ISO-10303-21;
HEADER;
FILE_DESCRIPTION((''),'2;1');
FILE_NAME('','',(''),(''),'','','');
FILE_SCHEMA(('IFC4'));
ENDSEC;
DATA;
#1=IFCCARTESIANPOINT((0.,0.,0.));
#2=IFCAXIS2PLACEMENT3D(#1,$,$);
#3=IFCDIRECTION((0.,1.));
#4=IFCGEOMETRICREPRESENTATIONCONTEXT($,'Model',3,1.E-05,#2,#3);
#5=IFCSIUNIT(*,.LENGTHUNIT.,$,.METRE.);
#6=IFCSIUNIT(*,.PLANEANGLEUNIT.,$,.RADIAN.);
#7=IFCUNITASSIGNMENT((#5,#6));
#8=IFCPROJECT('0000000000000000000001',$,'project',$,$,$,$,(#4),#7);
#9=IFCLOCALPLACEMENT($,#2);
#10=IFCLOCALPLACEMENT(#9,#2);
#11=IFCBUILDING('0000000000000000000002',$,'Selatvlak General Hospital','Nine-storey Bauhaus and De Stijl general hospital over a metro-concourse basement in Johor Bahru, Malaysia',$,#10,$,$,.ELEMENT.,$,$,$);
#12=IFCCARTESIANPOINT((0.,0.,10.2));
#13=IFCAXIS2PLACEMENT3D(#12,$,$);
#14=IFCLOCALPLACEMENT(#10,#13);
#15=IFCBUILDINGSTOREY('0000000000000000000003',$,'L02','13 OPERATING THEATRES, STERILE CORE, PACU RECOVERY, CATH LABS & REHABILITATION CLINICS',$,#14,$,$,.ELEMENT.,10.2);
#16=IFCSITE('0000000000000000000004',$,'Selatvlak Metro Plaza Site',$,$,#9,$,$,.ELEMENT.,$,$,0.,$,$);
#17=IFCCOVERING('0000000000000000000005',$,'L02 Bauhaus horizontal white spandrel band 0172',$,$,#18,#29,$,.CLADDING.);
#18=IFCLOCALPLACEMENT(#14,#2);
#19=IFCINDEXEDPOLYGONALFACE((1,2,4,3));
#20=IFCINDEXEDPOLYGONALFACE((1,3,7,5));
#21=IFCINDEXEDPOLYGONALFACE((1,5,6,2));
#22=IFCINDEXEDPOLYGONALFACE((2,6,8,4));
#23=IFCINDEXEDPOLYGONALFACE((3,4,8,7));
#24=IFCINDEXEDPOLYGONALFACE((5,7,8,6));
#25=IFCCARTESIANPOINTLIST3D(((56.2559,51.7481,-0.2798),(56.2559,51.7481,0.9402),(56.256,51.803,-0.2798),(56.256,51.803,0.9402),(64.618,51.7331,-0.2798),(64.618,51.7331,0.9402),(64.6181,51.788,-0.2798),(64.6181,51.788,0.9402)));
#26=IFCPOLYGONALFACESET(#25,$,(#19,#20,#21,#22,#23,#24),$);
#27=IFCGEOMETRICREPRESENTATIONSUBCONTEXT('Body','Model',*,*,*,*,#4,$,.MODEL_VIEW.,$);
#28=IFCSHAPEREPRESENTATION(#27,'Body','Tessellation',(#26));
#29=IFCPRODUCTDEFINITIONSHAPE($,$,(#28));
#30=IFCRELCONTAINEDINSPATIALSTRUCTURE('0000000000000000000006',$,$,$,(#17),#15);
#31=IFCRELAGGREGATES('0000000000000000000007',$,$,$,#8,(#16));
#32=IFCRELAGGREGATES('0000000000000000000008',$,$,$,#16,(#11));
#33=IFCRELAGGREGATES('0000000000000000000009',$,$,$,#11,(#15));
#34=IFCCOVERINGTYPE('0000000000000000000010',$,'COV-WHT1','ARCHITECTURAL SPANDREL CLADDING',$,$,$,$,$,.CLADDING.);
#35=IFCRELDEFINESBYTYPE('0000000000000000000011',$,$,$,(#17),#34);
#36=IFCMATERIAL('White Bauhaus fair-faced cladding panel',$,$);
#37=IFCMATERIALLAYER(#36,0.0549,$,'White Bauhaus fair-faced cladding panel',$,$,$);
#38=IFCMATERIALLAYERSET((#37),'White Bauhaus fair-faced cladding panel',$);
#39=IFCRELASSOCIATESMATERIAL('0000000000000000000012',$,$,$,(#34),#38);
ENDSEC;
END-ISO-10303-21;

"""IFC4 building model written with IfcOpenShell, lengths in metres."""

from ifc_helpers import new_model, si_unit, direction, frame, origin, origin_2d, place, context, subcontext, project, spatial, rectangle, extrude, material, layer, layer_set, type_object, element, save


model = new_model("IFC4")

# Units and contexts
model_context = context("Model", 3, precision=1e-05, world=origin(), true_north=direction((0.0, 1.0)))
body_context = subcontext(model_context, "Body", "Model", "MODEL_VIEW")
ifc_project = project(units=[si_unit("LENGTHUNIT", "METRE"), si_unit("PLANEANGLEUNIT", "RADIAN")], contexts=[model_context])

# Site, building, storey
site_placement = place(None, origin())
site = spatial("IfcSite", under=ifc_project, at=site_placement, Name="Selatvlak Metro Plaza Site", CompositionType="ELEMENT", RefElevation=0.0)
building_placement = place(site_placement, origin())
building = spatial("IfcBuilding", under=site, at=building_placement, Name="Selatvlak General Hospital", Description="Nine-storey Bauhaus and De Stijl general hospital over a metro-concourse basement in Johor Bahru, Malaysia", CompositionType="ELEMENT")
storey_placement = place(building_placement, frame((0.0, 0.0, 10.2)))
storey = spatial("IfcBuildingStorey", under=building, at=storey_placement, Name="L02", Description="13 OPERATING THEATRES, STERILE CORE, PACU RECOVERY, CATH LABS & REHABILITATION CLINICS", CompositionType="ELEMENT", Elevation=10.2)

# Covering
ifc_material_1 = material(Name="White Bauhaus fair-faced cladding panel")
ifc_layer_1 = layer(ifc_material_1, 0.0549, Name="White Bauhaus fair-faced cladding panel")
ifc_layer_set_1 = layer_set([ifc_layer_1], Name="White Bauhaus fair-faced cladding panel")
covering_type_1 = type_object("IfcCoveringType", Name="COV-WHT1", Description="ARCHITECTURAL SPANDREL CLADDING", PredefinedType="CLADDING", material=ifc_layer_set_1)
covering_1_placement = place(storey_placement, frame((60.437, 51.7681, -0.2798), z_axis=(0.0, 0.0, 1.0), x_axis=(-0.999998, 0.001798, 0.0)))
element("IfcCovering", 1, at=covering_1_placement, inside=storey, type_object=covering_type_1, Name="L02 Bauhaus horizontal white spandrel band 0172", PredefinedType="CLADDING", context=body_context, shape_type="SweptSolid", body=[
    extrude(rectangle(XDim=8.3621, YDim=0.0549, at=origin_2d()), origin(), (0.0, 0.0, 1.0), 1.22),
])

save(model, "model.ifc")
